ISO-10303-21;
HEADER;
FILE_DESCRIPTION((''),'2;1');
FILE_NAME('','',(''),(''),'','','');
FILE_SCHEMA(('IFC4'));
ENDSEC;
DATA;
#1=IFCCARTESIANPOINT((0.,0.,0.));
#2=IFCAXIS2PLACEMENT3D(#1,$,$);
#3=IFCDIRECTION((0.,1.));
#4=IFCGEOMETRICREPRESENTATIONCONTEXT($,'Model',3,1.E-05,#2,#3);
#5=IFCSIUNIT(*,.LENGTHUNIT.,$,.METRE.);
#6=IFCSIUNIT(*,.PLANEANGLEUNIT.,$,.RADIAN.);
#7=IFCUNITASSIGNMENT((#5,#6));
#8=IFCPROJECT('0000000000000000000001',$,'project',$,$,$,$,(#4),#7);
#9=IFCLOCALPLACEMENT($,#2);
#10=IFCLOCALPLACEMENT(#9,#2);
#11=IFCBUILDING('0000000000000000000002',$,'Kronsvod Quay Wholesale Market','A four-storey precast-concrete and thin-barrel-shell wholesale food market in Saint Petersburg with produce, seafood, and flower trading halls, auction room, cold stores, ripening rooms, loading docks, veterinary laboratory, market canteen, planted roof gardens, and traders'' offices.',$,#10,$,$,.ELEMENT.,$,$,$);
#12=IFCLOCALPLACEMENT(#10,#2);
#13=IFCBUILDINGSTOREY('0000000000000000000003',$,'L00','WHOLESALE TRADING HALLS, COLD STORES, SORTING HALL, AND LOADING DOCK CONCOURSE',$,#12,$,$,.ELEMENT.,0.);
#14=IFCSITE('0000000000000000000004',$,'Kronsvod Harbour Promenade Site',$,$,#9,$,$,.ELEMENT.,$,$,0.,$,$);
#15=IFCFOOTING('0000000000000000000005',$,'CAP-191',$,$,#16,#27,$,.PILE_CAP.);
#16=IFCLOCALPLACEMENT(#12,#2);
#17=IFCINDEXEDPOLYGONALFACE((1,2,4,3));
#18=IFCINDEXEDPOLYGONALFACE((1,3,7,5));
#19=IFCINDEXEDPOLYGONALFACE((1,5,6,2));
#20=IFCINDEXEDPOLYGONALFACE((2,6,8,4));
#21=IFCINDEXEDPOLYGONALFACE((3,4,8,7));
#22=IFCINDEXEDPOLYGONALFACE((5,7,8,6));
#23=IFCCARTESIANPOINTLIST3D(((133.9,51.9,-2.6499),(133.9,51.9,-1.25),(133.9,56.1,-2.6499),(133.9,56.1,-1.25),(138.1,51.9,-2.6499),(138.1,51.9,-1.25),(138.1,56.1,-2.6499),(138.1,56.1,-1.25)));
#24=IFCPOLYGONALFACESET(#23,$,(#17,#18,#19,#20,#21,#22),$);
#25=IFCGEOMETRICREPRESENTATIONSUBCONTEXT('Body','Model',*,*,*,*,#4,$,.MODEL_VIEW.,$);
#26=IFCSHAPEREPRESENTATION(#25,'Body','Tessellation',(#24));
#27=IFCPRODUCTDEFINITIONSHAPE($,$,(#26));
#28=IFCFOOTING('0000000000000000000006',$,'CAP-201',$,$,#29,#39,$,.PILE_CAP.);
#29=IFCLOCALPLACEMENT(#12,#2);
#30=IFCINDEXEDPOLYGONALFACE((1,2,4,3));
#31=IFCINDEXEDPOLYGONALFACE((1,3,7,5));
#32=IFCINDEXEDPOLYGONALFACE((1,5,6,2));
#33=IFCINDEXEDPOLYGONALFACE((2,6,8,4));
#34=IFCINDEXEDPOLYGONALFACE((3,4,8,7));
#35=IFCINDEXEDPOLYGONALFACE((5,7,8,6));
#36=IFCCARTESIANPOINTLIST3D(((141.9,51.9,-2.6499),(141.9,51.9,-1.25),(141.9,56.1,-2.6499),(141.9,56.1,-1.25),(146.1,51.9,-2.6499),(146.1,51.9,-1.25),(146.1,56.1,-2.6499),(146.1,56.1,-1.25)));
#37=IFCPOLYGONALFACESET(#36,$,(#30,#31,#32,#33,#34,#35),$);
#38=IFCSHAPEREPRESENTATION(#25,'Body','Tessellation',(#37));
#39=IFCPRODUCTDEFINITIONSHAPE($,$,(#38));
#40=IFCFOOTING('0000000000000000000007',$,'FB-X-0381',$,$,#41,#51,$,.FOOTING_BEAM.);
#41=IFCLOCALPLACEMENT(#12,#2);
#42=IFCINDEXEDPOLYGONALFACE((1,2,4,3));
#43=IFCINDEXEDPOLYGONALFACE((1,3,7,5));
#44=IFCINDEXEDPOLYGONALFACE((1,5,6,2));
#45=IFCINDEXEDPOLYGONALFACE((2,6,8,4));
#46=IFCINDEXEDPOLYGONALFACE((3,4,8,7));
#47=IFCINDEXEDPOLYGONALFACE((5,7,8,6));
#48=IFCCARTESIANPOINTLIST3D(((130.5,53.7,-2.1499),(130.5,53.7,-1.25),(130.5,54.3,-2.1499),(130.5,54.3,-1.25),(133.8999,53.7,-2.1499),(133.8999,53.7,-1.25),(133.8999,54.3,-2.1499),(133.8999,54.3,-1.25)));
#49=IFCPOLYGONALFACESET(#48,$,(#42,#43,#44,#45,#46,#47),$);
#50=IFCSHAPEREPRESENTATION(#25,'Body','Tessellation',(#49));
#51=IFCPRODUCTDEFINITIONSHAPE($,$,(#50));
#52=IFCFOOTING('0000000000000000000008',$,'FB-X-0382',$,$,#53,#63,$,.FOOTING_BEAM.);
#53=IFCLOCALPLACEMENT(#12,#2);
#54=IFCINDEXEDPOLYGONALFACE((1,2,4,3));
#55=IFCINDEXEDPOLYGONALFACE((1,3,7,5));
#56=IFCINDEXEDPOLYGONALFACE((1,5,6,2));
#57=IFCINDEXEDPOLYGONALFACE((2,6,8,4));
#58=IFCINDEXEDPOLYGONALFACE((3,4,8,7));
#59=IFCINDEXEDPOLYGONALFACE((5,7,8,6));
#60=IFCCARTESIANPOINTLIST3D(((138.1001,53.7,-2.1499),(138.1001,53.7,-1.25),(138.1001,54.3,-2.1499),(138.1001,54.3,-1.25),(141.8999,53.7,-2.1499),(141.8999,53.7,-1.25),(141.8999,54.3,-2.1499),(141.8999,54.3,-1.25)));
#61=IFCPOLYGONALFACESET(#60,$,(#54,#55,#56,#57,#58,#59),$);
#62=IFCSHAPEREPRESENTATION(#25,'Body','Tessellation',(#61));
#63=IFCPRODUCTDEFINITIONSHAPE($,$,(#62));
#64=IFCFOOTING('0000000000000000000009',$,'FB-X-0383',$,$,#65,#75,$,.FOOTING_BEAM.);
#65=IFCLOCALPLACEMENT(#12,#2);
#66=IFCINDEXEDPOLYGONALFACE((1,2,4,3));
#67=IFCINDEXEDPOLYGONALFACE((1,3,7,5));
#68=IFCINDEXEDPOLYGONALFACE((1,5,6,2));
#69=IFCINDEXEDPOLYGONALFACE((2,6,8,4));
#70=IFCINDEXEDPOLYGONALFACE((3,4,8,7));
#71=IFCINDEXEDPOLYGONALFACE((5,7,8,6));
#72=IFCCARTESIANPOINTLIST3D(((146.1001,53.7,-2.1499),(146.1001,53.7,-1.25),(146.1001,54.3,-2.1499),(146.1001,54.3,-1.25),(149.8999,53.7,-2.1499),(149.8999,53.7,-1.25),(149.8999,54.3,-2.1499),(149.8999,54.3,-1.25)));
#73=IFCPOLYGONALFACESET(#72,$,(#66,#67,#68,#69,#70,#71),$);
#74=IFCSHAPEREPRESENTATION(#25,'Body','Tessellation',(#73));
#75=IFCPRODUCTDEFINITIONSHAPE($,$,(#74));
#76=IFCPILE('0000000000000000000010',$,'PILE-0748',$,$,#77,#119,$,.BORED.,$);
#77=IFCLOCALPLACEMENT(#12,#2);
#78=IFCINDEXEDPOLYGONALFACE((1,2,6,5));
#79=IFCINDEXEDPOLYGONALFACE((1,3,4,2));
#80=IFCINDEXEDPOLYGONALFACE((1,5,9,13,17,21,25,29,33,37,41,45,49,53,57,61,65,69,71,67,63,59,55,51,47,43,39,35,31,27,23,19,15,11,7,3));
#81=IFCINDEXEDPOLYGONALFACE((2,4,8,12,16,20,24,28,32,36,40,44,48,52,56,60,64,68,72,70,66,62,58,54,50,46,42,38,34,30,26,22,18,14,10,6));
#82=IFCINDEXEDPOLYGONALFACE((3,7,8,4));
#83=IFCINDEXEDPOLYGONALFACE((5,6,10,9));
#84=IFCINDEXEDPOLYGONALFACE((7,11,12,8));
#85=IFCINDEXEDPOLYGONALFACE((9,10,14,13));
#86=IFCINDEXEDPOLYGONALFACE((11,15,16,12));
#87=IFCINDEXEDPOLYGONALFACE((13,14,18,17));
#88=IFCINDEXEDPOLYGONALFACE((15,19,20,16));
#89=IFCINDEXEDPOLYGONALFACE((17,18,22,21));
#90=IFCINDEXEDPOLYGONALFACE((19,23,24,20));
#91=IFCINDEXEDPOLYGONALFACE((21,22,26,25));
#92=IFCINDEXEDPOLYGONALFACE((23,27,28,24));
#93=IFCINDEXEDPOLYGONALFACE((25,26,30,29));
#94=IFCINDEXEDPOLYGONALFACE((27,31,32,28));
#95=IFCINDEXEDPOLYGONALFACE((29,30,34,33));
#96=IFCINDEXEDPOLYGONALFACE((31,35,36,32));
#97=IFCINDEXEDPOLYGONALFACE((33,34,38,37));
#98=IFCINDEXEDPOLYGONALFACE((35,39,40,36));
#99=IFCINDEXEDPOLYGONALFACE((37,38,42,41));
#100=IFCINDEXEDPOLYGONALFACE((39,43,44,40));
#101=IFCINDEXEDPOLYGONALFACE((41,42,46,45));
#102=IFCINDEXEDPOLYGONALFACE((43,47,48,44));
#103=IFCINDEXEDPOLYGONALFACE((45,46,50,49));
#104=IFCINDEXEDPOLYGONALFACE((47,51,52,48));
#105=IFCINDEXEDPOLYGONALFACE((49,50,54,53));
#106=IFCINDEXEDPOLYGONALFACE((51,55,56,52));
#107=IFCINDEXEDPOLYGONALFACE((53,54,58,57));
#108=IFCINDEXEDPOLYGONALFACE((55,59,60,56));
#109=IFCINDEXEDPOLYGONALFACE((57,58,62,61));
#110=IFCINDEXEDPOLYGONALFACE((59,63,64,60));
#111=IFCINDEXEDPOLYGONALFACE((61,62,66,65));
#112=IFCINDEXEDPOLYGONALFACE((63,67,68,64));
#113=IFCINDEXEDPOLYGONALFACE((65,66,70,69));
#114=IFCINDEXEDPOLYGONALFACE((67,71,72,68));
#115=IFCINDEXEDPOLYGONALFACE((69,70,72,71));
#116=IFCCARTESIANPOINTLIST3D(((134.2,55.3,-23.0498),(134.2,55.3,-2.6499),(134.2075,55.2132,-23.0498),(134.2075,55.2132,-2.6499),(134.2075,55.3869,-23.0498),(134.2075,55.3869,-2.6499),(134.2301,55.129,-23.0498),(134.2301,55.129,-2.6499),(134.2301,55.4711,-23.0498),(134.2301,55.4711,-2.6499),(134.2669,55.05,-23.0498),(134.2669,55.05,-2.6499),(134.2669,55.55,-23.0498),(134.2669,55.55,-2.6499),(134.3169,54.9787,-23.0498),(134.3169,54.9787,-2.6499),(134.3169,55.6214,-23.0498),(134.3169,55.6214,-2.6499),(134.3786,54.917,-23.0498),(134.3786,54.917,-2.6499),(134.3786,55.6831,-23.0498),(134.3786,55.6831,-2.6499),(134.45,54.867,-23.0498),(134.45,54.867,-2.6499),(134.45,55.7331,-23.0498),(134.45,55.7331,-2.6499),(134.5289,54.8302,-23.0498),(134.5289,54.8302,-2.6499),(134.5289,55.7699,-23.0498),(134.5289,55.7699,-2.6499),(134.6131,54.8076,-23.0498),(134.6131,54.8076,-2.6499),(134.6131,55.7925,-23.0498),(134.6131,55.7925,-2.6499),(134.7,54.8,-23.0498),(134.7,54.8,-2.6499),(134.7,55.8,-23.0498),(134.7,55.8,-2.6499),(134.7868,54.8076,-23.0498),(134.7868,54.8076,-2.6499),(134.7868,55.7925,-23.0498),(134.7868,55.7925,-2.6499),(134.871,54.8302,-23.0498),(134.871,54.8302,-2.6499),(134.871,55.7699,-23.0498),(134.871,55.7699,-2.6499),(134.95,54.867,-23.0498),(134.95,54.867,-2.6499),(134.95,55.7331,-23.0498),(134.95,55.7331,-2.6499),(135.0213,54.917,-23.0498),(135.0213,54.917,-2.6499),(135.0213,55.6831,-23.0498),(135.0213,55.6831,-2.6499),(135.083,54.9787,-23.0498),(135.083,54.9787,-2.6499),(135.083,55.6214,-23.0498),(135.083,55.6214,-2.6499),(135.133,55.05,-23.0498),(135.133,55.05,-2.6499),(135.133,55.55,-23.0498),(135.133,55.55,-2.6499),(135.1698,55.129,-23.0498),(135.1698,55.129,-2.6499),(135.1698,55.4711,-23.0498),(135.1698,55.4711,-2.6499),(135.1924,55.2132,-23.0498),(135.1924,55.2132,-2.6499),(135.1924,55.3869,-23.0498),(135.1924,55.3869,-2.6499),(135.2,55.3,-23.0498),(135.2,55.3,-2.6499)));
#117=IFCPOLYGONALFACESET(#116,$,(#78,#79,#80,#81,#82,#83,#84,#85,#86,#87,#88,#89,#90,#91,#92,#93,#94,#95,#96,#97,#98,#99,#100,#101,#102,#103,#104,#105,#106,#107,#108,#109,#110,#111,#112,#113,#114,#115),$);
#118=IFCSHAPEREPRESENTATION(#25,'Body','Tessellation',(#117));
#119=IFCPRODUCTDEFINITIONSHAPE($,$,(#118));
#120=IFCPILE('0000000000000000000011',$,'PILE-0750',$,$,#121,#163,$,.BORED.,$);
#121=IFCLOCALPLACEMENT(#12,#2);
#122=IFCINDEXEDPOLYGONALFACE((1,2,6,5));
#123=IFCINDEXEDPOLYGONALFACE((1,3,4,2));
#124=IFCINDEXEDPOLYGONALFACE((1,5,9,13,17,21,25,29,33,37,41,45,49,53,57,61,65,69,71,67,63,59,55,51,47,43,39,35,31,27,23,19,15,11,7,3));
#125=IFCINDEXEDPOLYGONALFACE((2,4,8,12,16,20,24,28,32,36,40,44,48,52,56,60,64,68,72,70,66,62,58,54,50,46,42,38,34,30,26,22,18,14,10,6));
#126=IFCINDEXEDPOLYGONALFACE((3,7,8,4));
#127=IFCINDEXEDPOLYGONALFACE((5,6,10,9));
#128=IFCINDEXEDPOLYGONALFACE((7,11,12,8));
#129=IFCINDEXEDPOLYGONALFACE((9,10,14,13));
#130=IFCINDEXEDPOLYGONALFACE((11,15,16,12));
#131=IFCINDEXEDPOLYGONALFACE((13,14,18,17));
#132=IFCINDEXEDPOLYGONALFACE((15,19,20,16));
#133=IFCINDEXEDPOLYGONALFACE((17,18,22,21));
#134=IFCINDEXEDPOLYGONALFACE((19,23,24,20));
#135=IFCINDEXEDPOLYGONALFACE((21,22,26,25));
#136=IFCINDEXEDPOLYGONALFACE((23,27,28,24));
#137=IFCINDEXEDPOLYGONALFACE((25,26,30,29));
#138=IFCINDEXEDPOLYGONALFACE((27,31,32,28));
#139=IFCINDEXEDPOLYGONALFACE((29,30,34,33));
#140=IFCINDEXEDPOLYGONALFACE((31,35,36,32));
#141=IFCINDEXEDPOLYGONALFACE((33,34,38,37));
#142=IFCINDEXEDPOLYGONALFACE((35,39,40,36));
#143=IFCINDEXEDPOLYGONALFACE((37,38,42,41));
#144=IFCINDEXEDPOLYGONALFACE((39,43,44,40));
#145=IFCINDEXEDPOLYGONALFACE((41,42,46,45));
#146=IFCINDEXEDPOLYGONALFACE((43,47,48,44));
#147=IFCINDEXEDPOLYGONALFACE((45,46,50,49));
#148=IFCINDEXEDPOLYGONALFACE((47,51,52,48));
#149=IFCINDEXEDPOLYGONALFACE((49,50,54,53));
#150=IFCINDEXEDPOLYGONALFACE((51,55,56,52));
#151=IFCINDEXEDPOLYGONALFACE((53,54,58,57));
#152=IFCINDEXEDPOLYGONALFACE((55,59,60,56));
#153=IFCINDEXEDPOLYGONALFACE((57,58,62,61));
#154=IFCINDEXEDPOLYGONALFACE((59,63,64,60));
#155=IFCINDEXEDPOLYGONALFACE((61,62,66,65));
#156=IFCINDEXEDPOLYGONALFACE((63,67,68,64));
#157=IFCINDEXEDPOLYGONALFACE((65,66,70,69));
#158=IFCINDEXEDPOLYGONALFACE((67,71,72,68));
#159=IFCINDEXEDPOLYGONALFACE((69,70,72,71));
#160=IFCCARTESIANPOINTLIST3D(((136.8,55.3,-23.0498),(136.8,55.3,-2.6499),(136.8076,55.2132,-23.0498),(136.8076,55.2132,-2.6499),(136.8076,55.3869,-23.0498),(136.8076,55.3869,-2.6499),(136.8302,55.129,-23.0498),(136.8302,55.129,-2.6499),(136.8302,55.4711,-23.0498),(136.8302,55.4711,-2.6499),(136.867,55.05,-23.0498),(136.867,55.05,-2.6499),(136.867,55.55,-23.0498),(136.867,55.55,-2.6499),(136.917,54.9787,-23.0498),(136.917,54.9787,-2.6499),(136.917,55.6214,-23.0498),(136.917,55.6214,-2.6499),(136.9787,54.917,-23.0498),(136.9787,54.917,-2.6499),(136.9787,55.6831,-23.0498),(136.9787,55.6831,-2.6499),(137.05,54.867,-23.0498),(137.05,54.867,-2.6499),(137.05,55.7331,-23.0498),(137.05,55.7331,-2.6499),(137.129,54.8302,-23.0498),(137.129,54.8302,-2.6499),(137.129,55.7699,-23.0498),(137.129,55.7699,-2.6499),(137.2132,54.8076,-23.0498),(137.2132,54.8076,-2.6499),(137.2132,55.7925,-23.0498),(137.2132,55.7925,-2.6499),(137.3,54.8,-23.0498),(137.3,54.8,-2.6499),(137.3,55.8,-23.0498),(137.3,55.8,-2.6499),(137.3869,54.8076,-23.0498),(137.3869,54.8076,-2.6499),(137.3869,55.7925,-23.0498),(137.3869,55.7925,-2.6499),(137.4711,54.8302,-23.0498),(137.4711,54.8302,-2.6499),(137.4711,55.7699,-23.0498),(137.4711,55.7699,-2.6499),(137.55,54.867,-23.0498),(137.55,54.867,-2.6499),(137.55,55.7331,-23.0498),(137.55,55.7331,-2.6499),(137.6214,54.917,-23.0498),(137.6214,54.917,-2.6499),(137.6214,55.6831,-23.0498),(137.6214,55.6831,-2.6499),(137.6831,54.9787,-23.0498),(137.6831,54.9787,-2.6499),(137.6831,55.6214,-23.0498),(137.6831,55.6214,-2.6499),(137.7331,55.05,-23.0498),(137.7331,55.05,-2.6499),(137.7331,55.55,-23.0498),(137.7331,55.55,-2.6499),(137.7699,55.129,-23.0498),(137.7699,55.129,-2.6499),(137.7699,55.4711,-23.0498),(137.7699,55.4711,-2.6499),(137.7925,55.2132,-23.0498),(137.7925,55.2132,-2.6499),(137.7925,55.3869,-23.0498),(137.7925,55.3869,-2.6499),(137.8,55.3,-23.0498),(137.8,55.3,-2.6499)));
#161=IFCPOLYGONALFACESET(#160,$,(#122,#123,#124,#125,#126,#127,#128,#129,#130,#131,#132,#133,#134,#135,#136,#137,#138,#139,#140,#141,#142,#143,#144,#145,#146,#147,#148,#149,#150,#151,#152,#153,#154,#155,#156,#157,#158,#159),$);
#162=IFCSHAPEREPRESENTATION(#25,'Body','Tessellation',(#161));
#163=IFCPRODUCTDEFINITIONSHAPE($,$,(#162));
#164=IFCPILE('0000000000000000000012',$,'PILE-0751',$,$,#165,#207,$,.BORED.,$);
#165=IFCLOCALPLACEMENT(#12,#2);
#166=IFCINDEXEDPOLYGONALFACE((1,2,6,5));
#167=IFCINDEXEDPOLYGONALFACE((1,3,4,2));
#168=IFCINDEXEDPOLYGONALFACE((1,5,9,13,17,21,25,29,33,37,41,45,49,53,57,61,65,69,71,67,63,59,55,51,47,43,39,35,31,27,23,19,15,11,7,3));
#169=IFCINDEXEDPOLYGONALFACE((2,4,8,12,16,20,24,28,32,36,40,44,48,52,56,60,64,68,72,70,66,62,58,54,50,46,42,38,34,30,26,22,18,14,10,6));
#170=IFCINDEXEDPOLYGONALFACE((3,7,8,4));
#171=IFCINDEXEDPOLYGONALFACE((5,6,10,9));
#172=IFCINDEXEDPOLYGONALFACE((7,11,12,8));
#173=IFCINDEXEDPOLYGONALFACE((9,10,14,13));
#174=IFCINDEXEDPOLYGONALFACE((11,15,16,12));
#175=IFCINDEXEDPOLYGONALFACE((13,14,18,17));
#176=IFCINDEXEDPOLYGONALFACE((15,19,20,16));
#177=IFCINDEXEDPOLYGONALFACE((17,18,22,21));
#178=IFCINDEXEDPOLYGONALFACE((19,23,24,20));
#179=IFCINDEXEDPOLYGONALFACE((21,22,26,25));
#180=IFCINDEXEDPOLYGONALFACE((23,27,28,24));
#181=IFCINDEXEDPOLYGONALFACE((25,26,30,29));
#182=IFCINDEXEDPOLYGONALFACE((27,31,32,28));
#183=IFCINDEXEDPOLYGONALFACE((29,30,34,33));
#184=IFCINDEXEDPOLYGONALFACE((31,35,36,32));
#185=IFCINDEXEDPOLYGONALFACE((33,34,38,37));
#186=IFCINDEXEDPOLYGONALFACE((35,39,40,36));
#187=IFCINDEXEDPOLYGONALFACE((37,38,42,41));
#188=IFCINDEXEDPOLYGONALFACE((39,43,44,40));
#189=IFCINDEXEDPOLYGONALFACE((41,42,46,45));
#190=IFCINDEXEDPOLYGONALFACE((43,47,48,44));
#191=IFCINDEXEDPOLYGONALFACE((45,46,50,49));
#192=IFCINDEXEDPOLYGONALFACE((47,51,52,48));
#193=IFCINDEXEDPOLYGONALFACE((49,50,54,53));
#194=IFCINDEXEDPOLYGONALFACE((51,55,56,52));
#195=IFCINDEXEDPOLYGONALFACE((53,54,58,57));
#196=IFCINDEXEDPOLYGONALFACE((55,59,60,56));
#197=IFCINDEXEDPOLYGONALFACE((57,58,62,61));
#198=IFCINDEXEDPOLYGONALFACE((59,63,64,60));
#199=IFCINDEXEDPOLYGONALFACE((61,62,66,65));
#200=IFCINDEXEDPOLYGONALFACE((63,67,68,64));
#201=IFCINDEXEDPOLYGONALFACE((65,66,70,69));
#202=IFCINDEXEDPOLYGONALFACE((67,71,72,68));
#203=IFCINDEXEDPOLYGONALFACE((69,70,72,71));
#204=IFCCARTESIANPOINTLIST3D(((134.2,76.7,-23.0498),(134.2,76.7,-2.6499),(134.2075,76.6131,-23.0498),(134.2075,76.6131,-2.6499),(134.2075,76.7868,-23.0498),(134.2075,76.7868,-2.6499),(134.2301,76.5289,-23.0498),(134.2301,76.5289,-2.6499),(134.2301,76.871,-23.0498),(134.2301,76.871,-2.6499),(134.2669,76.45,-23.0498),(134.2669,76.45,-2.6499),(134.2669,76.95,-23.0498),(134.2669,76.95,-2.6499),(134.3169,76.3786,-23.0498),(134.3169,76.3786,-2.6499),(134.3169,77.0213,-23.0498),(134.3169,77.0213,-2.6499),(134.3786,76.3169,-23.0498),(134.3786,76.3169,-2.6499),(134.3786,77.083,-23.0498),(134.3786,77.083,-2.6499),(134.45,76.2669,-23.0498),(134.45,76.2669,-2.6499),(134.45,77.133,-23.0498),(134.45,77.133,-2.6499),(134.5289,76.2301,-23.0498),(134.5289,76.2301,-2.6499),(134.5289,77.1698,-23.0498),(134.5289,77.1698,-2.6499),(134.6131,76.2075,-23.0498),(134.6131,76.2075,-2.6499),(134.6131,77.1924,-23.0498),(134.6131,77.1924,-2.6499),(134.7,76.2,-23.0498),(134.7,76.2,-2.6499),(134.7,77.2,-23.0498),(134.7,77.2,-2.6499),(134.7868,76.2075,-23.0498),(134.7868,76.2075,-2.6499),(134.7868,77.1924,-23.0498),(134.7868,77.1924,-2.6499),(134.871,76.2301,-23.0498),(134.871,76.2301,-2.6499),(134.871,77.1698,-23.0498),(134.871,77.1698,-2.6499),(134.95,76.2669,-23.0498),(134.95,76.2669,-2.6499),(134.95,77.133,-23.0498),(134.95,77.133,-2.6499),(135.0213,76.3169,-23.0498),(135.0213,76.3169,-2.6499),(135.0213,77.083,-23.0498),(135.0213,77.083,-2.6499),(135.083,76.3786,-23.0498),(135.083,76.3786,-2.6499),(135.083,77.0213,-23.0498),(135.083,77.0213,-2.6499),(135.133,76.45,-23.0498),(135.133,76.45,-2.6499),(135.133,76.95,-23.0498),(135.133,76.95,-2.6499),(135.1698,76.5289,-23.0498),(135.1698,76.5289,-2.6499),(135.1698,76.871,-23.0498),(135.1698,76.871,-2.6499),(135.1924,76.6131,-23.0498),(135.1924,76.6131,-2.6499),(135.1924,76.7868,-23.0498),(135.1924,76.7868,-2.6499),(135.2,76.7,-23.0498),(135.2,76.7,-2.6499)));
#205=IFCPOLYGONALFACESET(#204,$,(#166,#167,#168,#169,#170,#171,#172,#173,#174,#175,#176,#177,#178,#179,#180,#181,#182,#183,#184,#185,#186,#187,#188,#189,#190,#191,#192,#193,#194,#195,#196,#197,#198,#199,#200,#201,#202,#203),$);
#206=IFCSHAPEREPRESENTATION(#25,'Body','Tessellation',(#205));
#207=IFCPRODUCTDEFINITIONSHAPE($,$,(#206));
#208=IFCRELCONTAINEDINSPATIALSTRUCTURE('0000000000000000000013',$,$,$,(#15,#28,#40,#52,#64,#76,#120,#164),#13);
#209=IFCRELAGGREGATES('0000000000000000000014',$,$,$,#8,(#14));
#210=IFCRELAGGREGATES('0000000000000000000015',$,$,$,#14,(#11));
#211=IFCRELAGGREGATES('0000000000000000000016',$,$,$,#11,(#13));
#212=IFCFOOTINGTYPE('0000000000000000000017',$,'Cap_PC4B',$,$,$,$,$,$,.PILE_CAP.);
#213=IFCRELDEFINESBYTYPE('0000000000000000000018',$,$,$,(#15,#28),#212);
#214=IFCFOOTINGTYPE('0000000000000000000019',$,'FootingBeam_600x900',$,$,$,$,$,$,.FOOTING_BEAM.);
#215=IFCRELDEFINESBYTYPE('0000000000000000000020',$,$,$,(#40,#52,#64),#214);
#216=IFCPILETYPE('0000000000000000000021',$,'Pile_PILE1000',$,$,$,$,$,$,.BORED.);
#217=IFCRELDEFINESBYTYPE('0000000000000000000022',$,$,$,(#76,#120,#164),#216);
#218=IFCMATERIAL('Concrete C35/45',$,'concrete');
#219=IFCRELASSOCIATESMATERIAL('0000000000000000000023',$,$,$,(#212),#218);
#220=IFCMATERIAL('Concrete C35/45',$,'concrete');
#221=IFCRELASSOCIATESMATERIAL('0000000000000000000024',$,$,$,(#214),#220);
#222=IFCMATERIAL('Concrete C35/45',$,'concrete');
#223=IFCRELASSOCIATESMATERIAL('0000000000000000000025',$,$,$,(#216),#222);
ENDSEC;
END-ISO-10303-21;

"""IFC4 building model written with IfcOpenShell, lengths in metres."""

from ifc_helpers import new_model, si_unit, direction, frame, origin, origin_2d, place, context, subcontext, project, spatial, rectangle, circle, extrude, material, material_profile, profile_set, type_object, element, save


model = new_model("IFC4")

# Units and contexts
model_context = context("Model", 3, precision=1e-05, world=origin(), true_north=direction((0.0, 1.0)))
body_context = subcontext(model_context, "Body", "Model", "MODEL_VIEW")
ifc_project = project(units=[si_unit("LENGTHUNIT", "METRE"), si_unit("PLANEANGLEUNIT", "RADIAN")], contexts=[model_context])

# Site, building, storey
site_placement = place(None, origin())
site = spatial("IfcSite", under=ifc_project, at=site_placement, Name="Kronsvod Harbour Promenade Site", CompositionType="ELEMENT", RefElevation=0.0)
building_placement = place(site_placement, origin())
building = spatial("IfcBuilding", under=site, at=building_placement, Name="Kronsvod Quay Wholesale Market", Description="A four-storey precast-concrete and thin-barrel-shell wholesale food market in Saint Petersburg with produce, seafood, and flower trading halls, auction room, cold stores, ripening rooms, loading docks, veterinary laboratory, market canteen, planted roof gardens, and traders' offices.", CompositionType="ELEMENT")
storey_placement = place(building_placement, origin())
storey = spatial("IfcBuildingStorey", under=building, at=storey_placement, Name="L00", Description="WHOLESALE TRADING HALLS, COLD STORES, SORTING HALL, AND LOADING DOCK CONCOURSE", CompositionType="ELEMENT", Elevation=0.0)

# Footings
ifc_material_1 = material(Name="Concrete C35/45", Category="concrete")
footing_type_1 = type_object("IfcFootingType", Name="Cap_PC4B", PredefinedType="PILE_CAP", material=ifc_material_1)
for number, where, z_axis, x_axis, name in (
    (1, (136.0, 54.0, -2.6499), (0.0, 0.0, 1.0), (1.0, 0.0, 0.0), "CAP-191"),
    (2, (144.0, 54.0, -2.6499), (0.0, 0.0, 1.0), (1.0, 0.0, 0.0), "CAP-201"),
):
    element("IfcFooting", number, at=place(storey_placement, frame(where, z_axis=z_axis, x_axis=x_axis)), inside=storey, type_object=footing_type_1, Name=name, PredefinedType="PILE_CAP", context=body_context, shape_type="SweptSolid", body=[
        extrude(rectangle(XDim=4.2, YDim=4.2, at=origin_2d()), origin(), (0.0, 0.0, 1.0), 1.3999),
    ])
ifc_material_2 = material(Name="Concrete C35/45", Category="concrete")
ifc_material_profile_1 = material_profile(ifc_material_2, rectangle(XDim=0.6001, YDim=0.8999, at=origin_2d()), Name="FB-02")
ifc_profile_set_1 = profile_set([ifc_material_profile_1], Name="Concrete C35/45")
footing_type_2 = type_object("IfcFootingType", Name="FootingBeam_600x900", PredefinedType="FOOTING_BEAM", material=ifc_profile_set_1)
footing_placement = place(storey_placement, frame((130.5, 54.0, -1.7), z_axis=(1.0, 0.0, 0.0), x_axis=(0.0, 1.0, 0.0)))
element("IfcFooting", 3, at=footing_placement, inside=storey, type_object=footing_type_2, Name="FB-X-0381", PredefinedType="FOOTING_BEAM", context=body_context, shape_type="SweptSolid", body=[
    extrude(rectangle(XDim=0.6001, YDim=0.8999, at=origin_2d()), origin(), (0.0, 0.0, 1.0), 3.3999),
])
for number, where, z_axis, x_axis, name in (
    (4, (138.1001, 54.0, -1.7), (1.0, 0.0, 0.0), (0.0, 1.0, 0.0), "FB-X-0382"),
    (5, (146.1001, 54.0, -1.7), (1.0, 0.0, 0.0), (0.0, 1.0, 0.0), "FB-X-0383"),
):
    element("IfcFooting", number, at=place(storey_placement, frame(where, z_axis=z_axis, x_axis=x_axis)), inside=storey, type_object=footing_type_2, Name=name, PredefinedType="FOOTING_BEAM", context=body_context, shape_type="SweptSolid", body=[
        extrude(rectangle(XDim=0.6001, YDim=0.8999, at=origin_2d()), origin(), (0.0, 0.0, 1.0), 3.7998),
    ])

# Piles
ifc_material_3 = material(Name="Concrete C35/45", Category="concrete")
ifc_material_profile_2 = material_profile(ifc_material_3, circle(Radius=0.5, at=origin_2d()), Name="PILE1000")
ifc_profile_set_2 = profile_set([ifc_material_profile_2], Name="Concrete C35/45")
pile_type_1 = type_object("IfcPileType", Name="Pile_PILE1000", PredefinedType="BORED", material=ifc_profile_set_2)
for number, where, z_axis, x_axis, name in (
    (6, (134.7, 55.3, -2.6499), (0.0, 0.0, -1.0), (1.0, 0.0, 0.0), "PILE-0748"),
    (7, (137.3, 55.3, -2.6499), (0.0, 0.0, -1.0), (1.0, 0.0, 0.0), "PILE-0750"),
    (8, (134.7, 76.7, -2.6499), (0.0, 0.0, -1.0), (1.0, 0.0, 0.0), "PILE-0751"),
):
    element("IfcPile", number, at=place(storey_placement, frame(where, z_axis=z_axis, x_axis=x_axis)), inside=storey, type_object=pile_type_1, Name=name, PredefinedType="BORED", context=body_context, shape_type="SweptSolid", body=[
        extrude(circle(Radius=0.5, at=origin_2d()), origin(), (0.0, 0.0, 1.0), 20.3999),
    ])

save(model, "model.ifc")
